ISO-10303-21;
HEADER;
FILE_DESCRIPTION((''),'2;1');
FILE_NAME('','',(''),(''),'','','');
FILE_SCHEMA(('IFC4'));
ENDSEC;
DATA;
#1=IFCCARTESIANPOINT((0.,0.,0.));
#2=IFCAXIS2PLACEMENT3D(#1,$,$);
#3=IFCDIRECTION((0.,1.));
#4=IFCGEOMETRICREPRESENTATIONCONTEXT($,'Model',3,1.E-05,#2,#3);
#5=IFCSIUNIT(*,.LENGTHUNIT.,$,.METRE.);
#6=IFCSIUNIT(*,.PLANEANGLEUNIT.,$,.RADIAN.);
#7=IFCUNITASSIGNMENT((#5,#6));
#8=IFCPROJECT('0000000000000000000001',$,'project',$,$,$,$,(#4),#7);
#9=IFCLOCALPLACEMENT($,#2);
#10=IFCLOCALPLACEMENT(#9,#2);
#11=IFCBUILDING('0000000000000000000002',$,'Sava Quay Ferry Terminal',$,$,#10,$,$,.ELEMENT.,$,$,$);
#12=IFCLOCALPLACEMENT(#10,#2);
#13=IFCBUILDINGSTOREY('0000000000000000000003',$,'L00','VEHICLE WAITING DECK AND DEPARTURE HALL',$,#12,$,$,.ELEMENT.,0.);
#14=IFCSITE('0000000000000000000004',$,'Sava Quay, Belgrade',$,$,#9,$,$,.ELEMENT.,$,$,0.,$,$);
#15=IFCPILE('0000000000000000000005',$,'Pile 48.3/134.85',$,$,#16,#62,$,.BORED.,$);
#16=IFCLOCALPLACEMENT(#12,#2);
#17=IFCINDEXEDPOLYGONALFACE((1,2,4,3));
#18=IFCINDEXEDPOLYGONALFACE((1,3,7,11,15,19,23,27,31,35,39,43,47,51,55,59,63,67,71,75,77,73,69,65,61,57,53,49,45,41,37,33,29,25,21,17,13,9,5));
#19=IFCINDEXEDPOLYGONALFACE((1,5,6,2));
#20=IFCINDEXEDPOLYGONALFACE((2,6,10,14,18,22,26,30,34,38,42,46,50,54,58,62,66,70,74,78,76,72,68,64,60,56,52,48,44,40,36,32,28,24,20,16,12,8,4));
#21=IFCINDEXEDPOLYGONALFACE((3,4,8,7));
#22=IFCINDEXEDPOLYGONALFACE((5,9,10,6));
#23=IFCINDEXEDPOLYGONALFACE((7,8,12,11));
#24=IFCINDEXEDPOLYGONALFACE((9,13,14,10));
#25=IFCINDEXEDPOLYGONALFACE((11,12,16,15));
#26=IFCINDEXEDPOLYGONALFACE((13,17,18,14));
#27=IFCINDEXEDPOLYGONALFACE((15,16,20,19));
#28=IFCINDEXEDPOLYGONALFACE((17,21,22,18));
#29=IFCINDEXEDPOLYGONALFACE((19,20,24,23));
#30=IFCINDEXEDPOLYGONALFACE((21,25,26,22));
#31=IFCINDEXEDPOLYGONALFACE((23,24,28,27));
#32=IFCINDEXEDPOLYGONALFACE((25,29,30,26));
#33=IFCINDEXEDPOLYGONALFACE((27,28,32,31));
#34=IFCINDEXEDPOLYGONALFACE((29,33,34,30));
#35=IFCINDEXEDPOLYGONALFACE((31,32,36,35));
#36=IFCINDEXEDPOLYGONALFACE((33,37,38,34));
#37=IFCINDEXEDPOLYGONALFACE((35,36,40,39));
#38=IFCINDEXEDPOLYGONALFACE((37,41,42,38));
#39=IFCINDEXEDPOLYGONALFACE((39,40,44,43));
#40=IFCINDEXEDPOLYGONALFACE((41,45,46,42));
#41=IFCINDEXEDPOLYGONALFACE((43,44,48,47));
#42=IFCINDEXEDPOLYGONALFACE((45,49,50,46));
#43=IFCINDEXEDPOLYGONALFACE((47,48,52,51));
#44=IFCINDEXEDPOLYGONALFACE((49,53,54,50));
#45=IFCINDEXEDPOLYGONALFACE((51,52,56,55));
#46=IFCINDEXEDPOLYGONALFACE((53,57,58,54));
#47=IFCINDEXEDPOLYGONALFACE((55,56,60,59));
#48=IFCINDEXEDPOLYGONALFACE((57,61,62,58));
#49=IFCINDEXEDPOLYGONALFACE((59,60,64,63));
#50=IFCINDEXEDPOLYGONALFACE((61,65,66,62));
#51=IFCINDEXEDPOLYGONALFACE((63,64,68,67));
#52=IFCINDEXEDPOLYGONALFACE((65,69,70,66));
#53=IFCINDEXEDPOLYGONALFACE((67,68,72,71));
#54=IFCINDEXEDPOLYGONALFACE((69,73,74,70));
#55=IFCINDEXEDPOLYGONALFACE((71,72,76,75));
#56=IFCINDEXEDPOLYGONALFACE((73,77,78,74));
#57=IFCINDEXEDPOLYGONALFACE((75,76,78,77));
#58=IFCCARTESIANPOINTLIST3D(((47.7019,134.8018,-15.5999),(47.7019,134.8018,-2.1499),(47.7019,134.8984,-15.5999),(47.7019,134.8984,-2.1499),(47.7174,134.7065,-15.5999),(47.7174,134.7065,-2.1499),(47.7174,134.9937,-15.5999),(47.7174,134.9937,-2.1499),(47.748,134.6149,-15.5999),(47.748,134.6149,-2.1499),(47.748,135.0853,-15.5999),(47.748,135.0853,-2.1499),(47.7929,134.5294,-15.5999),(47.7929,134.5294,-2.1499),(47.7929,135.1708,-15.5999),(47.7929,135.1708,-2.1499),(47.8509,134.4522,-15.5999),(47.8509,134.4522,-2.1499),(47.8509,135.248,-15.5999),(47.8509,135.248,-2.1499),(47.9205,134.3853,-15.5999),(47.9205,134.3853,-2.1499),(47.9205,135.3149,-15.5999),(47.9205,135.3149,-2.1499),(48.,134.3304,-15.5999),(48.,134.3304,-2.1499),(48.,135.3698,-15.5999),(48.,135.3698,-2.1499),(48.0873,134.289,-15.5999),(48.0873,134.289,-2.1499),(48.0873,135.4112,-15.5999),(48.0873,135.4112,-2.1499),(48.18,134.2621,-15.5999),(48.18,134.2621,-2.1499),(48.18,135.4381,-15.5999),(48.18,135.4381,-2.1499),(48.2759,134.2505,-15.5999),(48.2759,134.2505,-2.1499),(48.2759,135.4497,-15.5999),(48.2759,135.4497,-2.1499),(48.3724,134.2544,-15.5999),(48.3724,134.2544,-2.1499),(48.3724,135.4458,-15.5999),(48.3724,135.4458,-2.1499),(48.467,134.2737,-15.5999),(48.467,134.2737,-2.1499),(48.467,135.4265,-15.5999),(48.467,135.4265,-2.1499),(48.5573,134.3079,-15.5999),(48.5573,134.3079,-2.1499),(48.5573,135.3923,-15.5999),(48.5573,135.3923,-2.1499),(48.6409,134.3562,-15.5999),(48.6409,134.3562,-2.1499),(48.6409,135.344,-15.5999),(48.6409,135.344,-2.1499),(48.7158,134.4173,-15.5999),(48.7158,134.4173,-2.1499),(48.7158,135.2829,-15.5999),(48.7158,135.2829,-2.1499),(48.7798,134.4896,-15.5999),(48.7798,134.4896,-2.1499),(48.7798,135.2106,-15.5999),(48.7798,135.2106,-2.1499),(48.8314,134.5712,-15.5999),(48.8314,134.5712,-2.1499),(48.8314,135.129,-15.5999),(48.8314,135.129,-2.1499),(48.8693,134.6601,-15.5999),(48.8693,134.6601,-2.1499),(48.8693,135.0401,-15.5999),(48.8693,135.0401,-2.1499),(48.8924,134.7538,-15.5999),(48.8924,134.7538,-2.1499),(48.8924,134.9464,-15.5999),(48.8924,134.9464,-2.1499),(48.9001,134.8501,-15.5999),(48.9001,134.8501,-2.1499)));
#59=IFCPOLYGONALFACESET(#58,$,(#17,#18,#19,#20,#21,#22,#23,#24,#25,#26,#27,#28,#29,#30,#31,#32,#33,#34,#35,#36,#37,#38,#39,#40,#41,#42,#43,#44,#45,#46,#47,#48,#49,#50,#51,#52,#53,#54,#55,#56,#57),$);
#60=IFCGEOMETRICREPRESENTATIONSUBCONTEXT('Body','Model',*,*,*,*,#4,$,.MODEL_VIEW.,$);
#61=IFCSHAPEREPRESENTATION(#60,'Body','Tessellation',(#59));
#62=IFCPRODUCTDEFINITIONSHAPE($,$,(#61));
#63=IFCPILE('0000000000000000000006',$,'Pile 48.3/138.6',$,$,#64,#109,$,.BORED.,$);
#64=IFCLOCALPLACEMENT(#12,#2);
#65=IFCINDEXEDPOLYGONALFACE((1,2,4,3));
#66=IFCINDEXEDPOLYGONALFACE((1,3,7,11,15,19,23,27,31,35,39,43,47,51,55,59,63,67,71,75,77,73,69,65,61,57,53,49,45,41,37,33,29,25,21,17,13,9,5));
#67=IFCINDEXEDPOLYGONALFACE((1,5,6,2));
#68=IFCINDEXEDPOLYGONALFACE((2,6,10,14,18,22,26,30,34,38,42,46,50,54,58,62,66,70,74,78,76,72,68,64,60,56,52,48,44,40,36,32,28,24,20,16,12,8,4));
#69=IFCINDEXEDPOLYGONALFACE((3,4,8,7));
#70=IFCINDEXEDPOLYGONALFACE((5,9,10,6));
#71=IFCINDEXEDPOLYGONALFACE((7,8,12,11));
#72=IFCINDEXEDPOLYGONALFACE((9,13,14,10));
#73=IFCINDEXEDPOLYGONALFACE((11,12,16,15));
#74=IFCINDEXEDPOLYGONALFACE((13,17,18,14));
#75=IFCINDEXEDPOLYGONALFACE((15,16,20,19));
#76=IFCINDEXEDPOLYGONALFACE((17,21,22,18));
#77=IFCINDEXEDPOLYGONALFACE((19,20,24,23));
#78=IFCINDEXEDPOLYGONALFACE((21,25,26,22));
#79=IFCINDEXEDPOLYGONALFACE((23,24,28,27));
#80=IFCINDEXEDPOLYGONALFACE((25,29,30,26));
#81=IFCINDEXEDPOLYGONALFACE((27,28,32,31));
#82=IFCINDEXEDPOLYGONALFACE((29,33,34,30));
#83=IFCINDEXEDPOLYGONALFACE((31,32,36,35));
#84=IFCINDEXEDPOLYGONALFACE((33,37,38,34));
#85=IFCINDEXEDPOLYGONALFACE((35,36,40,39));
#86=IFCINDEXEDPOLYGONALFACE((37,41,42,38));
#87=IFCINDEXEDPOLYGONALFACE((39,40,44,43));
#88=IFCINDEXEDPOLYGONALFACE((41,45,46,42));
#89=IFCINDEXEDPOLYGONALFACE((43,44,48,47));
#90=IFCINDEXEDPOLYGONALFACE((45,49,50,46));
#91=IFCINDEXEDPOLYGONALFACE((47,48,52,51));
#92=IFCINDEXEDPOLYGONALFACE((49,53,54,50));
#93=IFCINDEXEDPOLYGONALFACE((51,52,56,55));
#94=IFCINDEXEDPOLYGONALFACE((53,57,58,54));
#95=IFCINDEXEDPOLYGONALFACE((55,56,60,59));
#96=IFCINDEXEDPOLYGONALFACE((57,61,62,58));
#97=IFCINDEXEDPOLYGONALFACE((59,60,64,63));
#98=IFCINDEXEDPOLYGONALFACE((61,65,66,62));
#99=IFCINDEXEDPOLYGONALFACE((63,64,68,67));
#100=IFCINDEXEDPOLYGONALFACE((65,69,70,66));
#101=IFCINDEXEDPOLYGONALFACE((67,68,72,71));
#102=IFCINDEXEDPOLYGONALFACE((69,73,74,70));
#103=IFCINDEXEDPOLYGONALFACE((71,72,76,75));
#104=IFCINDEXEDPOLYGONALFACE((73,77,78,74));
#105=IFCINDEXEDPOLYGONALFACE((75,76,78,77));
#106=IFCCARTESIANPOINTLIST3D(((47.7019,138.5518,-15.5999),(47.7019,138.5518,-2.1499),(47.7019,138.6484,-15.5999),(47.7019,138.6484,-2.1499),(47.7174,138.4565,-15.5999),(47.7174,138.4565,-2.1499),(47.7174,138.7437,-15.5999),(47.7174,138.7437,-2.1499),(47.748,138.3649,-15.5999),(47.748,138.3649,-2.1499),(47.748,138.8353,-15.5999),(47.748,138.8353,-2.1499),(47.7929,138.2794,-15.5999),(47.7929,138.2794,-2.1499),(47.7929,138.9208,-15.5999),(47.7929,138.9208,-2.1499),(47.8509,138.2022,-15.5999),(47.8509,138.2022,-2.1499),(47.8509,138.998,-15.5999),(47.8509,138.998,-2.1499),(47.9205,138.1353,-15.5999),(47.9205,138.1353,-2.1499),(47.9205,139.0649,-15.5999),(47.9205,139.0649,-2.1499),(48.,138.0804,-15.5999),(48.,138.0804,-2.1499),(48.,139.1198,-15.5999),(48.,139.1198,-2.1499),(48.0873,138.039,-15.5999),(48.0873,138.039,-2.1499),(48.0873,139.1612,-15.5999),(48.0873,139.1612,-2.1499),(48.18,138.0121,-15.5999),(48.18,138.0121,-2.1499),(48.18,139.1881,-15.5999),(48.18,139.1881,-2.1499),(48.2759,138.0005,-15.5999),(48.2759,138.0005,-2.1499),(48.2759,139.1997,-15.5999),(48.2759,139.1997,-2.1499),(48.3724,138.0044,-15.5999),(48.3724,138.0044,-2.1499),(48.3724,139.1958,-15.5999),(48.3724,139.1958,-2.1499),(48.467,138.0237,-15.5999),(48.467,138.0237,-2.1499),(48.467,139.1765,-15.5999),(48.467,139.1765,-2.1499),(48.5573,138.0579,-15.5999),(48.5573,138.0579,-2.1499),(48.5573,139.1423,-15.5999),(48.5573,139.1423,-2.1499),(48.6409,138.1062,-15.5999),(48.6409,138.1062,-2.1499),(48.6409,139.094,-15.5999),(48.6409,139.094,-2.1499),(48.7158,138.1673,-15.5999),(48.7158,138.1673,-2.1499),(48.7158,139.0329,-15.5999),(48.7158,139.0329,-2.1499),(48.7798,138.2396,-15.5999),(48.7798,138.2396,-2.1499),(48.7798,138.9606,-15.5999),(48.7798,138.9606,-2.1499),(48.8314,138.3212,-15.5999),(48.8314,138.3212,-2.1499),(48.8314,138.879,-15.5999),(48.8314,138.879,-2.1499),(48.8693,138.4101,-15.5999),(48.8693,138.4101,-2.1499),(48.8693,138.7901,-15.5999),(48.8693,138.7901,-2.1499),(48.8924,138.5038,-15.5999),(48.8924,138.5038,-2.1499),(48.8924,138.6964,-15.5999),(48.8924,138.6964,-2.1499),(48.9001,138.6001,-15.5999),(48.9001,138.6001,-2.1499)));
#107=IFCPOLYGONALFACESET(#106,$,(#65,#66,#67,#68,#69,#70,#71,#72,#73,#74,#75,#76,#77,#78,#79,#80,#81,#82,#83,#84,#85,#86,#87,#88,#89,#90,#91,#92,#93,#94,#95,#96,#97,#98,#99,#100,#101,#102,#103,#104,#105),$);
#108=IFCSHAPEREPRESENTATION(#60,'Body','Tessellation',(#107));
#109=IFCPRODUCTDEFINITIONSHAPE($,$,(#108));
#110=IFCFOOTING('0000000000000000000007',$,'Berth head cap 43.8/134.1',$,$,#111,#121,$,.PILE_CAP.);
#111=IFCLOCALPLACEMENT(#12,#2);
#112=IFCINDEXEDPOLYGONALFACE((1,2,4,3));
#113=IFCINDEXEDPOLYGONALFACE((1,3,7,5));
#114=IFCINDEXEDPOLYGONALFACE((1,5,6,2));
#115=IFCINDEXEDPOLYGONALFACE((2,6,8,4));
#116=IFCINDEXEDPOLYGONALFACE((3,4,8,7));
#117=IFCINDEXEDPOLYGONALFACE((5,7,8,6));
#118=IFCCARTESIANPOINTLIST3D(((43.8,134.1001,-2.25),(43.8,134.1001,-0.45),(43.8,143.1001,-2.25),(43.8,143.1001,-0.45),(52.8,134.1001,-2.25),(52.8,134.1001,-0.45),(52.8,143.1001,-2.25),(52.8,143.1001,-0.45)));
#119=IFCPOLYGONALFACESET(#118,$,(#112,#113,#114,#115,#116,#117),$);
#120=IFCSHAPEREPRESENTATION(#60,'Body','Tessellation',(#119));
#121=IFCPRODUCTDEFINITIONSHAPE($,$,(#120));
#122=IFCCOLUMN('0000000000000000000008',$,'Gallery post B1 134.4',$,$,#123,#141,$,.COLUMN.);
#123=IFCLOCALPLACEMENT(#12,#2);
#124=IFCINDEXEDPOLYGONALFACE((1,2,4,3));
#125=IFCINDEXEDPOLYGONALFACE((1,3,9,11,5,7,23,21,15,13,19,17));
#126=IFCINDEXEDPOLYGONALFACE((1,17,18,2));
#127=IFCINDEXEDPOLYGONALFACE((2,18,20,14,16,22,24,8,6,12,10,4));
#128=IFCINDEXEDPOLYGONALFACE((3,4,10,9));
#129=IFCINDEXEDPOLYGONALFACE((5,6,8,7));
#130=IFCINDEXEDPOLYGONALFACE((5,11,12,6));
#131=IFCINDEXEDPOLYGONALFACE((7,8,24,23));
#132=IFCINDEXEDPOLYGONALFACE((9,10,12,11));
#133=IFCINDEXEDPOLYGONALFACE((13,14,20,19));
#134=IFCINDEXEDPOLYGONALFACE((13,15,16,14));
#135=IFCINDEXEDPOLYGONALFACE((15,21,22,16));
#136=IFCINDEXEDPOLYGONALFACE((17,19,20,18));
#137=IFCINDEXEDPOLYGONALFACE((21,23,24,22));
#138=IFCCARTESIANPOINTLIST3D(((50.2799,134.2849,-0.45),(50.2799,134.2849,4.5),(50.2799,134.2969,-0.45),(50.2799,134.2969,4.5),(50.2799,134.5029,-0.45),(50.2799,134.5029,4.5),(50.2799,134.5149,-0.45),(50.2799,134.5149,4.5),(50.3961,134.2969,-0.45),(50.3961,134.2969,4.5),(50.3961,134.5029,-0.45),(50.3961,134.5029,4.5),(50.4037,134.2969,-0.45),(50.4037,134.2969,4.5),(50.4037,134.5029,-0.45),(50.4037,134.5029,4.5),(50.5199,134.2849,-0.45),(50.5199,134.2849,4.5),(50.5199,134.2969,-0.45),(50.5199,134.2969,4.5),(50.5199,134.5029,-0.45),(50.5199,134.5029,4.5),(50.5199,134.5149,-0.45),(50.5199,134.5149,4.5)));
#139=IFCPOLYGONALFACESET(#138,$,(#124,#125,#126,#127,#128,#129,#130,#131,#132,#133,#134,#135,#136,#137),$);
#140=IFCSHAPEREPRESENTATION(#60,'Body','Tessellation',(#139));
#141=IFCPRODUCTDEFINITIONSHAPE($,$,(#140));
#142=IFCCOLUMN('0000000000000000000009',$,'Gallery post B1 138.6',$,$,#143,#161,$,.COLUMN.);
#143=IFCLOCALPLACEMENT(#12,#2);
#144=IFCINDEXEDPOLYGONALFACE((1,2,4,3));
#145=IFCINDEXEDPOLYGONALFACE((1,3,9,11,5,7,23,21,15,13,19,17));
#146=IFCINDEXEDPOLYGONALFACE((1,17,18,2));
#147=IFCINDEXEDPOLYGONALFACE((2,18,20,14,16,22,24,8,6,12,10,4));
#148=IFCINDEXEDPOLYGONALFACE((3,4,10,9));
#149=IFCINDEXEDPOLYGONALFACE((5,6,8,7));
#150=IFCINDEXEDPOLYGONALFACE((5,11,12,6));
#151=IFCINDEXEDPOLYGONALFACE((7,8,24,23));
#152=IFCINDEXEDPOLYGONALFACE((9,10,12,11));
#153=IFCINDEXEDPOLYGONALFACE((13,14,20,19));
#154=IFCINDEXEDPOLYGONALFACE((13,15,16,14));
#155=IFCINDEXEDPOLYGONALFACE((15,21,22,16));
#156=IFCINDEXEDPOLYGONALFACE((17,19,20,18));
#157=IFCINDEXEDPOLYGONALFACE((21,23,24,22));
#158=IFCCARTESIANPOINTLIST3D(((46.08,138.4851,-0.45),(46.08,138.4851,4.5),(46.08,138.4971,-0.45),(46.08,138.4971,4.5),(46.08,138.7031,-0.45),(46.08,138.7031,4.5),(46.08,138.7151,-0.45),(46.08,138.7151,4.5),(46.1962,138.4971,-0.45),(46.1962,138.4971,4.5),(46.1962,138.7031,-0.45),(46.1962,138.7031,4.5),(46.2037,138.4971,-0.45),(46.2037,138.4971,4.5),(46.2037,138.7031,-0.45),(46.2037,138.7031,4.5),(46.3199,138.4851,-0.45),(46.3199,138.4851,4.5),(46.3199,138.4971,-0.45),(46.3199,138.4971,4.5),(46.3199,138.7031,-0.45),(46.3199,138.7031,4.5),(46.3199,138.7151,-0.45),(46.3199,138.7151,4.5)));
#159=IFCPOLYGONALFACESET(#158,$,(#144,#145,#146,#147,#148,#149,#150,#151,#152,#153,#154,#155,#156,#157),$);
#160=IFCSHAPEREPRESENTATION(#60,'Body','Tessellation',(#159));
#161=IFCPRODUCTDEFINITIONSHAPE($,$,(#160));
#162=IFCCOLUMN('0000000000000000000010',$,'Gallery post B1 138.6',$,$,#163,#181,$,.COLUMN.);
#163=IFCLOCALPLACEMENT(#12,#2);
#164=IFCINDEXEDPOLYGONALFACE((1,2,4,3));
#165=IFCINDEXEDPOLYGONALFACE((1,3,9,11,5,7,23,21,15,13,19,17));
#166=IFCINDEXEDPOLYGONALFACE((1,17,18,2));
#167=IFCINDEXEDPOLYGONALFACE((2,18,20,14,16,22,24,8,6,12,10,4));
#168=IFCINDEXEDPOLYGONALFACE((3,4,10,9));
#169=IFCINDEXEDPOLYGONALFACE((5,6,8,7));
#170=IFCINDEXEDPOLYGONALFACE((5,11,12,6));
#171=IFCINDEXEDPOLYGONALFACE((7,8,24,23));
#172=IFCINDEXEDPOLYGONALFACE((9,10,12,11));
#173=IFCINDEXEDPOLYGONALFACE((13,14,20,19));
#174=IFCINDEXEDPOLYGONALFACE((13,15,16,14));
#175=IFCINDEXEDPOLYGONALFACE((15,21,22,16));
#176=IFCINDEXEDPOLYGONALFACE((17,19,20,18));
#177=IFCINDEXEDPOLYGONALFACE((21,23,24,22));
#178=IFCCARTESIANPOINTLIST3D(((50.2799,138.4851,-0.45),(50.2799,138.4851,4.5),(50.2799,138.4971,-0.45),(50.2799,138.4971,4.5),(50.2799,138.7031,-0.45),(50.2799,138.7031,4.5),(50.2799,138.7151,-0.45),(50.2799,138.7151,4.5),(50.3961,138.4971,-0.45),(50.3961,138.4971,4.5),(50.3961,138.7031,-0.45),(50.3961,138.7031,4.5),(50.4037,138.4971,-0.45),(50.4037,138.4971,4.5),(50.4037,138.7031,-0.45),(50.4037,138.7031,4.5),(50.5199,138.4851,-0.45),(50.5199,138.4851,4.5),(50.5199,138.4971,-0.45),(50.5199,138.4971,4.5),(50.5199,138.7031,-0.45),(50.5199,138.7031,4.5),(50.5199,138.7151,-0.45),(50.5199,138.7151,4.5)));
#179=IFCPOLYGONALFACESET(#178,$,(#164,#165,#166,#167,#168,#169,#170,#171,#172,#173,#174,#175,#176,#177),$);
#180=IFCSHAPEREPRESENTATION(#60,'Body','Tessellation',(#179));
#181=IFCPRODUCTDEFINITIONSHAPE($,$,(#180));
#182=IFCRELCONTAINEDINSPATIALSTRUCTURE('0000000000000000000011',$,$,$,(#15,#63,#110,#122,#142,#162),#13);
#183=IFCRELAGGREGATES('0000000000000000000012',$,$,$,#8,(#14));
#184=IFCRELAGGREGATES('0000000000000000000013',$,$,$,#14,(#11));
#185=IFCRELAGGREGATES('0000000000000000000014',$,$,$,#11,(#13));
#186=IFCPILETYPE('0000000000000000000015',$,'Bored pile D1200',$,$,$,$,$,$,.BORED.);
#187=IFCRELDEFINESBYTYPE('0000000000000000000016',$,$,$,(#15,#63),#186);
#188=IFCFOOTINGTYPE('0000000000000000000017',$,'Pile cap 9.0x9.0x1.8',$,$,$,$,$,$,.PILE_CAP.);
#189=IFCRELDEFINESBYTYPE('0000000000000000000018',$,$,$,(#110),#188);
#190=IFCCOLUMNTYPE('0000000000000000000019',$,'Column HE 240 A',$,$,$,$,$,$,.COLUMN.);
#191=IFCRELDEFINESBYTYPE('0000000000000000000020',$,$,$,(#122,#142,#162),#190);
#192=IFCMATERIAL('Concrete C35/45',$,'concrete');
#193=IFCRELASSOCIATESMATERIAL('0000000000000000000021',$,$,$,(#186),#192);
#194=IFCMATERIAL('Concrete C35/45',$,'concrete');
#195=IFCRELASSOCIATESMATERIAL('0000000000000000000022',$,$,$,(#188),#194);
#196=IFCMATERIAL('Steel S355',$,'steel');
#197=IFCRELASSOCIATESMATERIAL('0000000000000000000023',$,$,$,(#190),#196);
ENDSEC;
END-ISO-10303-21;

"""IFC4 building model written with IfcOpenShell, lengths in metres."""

from ifc_helpers import new_model, si_unit, direction, frame, origin, origin_2d, place, context, subcontext, project, spatial, rectangle, circle, i_section, extrude, material, material_profile, profile_set, type_object, element, save


model = new_model("IFC4")

# Units and contexts
model_context = context("Model", 3, precision=1e-05, world=origin(), true_north=direction((0.0, 1.0)))
body_context = subcontext(model_context, "Body", "Model", "MODEL_VIEW")
ifc_project = project(units=[si_unit("LENGTHUNIT", "METRE"), si_unit("PLANEANGLEUNIT", "RADIAN")], contexts=[model_context])

# Site, building, storey
site_placement = place(None, origin())
site = spatial("IfcSite", under=ifc_project, at=site_placement, Name="Sava Quay, Belgrade", CompositionType="ELEMENT", RefElevation=0.0)
building_placement = place(site_placement, origin())
building = spatial("IfcBuilding", under=site, at=building_placement, Name="Sava Quay Ferry Terminal", CompositionType="ELEMENT")
storey_placement = place(building_placement, origin())
storey = spatial("IfcBuildingStorey", under=building, at=storey_placement, Name="L00", Description="VEHICLE WAITING DECK AND DEPARTURE HALL", CompositionType="ELEMENT", Elevation=0.0)

# Piles
ifc_material_1 = material(Name="Concrete C35/45", Category="concrete")
ifc_material_profile_1 = material_profile(ifc_material_1, circle(Radius=0.6001, at=origin_2d()), Name="Bored pile D1200")
ifc_profile_set_1 = profile_set([ifc_material_profile_1], Name="Concrete C35/45")
pile_type = type_object("IfcPileType", Name="Bored pile D1200", PredefinedType="BORED", material=ifc_profile_set_1)
for number, where, z_axis, x_axis, name in (
    (1, (48.3, 134.8501, -2.1499), (0.0, 0.0, -1.0), (1.0, 0.0, 0.0), "Pile 48.3/134.85"),
    (2, (48.3, 138.6001, -2.1499), (0.0, 0.0, -1.0), (1.0, 0.0, 0.0), "Pile 48.3/138.6"),
):
    element("IfcPile", number, at=place(storey_placement, frame(where, z_axis=z_axis, x_axis=x_axis)), inside=storey, type_object=pile_type, Name=name, PredefinedType="BORED", context=body_context, shape_type="SweptSolid", body=[
        extrude(circle(Radius=0.6001, at=origin_2d()), origin(), (0.0, 0.0, 1.0), 13.45),
    ])

# Footing
ifc_material_2 = material(Name="Concrete C35/45", Category="concrete")
footing_type = type_object("IfcFootingType", Name="Pile cap 9.0x9.0x1.8", PredefinedType="PILE_CAP", material=ifc_material_2)
footing_placement = place(storey_placement, frame((48.3, 138.6001, -2.25), z_axis=(0.0, 0.0, 1.0), x_axis=(1.0, 0.0, 0.0)))
element("IfcFooting", 3, at=footing_placement, inside=storey, type_object=footing_type, Name="Berth head cap 43.8/134.1", PredefinedType="PILE_CAP", context=body_context, shape_type="SweptSolid", body=[
    extrude(rectangle(XDim=9.0, YDim=9.0, at=origin_2d()), origin(), (0.0, 0.0, 1.0), 1.8),
])

# Columns
ifc_material_3 = material(Name="Steel S355", Category="steel")
ifc_material_profile_2 = material_profile(ifc_material_3, i_section(OverallWidth=0.24, OverallDepth=0.23, WebThickness=0.0076, FlangeThickness=0.012, at=origin_2d()), Name="HE 240 A")
ifc_profile_set_2 = profile_set([ifc_material_profile_2], Name="Steel S355")
column_type = type_object("IfcColumnType", Name="Column HE 240 A", PredefinedType="COLUMN", material=ifc_profile_set_2)
for number, where, z_axis, x_axis, name in (
    (4, (50.3999, 134.3999, -0.45), (0.0, 0.0, 1.0), (1.0, 0.0, 0.0), "Gallery post B1 134.4"),
    (5, (46.2, 138.6001, -0.45), (0.0, 0.0, 1.0), (1.0, 0.0, 0.0), "Gallery post B1 138.6"),
    (6, (50.3999, 138.6001, -0.45), (0.0, 0.0, 1.0), (1.0, 0.0, 0.0), "Gallery post B1 138.6"),
):
    element("IfcColumn", number, at=place(storey_placement, frame(where, z_axis=z_axis, x_axis=x_axis)), inside=storey, type_object=column_type, Name=name, PredefinedType="COLUMN", context=body_context, shape_type="SweptSolid", body=[
        extrude(i_section(OverallWidth=0.24, OverallDepth=0.23, WebThickness=0.0076, FlangeThickness=0.012, at=origin_2d()), origin(), (0.0, 0.0, 1.0), 4.95),
    ])

save(model, "model.ifc")
